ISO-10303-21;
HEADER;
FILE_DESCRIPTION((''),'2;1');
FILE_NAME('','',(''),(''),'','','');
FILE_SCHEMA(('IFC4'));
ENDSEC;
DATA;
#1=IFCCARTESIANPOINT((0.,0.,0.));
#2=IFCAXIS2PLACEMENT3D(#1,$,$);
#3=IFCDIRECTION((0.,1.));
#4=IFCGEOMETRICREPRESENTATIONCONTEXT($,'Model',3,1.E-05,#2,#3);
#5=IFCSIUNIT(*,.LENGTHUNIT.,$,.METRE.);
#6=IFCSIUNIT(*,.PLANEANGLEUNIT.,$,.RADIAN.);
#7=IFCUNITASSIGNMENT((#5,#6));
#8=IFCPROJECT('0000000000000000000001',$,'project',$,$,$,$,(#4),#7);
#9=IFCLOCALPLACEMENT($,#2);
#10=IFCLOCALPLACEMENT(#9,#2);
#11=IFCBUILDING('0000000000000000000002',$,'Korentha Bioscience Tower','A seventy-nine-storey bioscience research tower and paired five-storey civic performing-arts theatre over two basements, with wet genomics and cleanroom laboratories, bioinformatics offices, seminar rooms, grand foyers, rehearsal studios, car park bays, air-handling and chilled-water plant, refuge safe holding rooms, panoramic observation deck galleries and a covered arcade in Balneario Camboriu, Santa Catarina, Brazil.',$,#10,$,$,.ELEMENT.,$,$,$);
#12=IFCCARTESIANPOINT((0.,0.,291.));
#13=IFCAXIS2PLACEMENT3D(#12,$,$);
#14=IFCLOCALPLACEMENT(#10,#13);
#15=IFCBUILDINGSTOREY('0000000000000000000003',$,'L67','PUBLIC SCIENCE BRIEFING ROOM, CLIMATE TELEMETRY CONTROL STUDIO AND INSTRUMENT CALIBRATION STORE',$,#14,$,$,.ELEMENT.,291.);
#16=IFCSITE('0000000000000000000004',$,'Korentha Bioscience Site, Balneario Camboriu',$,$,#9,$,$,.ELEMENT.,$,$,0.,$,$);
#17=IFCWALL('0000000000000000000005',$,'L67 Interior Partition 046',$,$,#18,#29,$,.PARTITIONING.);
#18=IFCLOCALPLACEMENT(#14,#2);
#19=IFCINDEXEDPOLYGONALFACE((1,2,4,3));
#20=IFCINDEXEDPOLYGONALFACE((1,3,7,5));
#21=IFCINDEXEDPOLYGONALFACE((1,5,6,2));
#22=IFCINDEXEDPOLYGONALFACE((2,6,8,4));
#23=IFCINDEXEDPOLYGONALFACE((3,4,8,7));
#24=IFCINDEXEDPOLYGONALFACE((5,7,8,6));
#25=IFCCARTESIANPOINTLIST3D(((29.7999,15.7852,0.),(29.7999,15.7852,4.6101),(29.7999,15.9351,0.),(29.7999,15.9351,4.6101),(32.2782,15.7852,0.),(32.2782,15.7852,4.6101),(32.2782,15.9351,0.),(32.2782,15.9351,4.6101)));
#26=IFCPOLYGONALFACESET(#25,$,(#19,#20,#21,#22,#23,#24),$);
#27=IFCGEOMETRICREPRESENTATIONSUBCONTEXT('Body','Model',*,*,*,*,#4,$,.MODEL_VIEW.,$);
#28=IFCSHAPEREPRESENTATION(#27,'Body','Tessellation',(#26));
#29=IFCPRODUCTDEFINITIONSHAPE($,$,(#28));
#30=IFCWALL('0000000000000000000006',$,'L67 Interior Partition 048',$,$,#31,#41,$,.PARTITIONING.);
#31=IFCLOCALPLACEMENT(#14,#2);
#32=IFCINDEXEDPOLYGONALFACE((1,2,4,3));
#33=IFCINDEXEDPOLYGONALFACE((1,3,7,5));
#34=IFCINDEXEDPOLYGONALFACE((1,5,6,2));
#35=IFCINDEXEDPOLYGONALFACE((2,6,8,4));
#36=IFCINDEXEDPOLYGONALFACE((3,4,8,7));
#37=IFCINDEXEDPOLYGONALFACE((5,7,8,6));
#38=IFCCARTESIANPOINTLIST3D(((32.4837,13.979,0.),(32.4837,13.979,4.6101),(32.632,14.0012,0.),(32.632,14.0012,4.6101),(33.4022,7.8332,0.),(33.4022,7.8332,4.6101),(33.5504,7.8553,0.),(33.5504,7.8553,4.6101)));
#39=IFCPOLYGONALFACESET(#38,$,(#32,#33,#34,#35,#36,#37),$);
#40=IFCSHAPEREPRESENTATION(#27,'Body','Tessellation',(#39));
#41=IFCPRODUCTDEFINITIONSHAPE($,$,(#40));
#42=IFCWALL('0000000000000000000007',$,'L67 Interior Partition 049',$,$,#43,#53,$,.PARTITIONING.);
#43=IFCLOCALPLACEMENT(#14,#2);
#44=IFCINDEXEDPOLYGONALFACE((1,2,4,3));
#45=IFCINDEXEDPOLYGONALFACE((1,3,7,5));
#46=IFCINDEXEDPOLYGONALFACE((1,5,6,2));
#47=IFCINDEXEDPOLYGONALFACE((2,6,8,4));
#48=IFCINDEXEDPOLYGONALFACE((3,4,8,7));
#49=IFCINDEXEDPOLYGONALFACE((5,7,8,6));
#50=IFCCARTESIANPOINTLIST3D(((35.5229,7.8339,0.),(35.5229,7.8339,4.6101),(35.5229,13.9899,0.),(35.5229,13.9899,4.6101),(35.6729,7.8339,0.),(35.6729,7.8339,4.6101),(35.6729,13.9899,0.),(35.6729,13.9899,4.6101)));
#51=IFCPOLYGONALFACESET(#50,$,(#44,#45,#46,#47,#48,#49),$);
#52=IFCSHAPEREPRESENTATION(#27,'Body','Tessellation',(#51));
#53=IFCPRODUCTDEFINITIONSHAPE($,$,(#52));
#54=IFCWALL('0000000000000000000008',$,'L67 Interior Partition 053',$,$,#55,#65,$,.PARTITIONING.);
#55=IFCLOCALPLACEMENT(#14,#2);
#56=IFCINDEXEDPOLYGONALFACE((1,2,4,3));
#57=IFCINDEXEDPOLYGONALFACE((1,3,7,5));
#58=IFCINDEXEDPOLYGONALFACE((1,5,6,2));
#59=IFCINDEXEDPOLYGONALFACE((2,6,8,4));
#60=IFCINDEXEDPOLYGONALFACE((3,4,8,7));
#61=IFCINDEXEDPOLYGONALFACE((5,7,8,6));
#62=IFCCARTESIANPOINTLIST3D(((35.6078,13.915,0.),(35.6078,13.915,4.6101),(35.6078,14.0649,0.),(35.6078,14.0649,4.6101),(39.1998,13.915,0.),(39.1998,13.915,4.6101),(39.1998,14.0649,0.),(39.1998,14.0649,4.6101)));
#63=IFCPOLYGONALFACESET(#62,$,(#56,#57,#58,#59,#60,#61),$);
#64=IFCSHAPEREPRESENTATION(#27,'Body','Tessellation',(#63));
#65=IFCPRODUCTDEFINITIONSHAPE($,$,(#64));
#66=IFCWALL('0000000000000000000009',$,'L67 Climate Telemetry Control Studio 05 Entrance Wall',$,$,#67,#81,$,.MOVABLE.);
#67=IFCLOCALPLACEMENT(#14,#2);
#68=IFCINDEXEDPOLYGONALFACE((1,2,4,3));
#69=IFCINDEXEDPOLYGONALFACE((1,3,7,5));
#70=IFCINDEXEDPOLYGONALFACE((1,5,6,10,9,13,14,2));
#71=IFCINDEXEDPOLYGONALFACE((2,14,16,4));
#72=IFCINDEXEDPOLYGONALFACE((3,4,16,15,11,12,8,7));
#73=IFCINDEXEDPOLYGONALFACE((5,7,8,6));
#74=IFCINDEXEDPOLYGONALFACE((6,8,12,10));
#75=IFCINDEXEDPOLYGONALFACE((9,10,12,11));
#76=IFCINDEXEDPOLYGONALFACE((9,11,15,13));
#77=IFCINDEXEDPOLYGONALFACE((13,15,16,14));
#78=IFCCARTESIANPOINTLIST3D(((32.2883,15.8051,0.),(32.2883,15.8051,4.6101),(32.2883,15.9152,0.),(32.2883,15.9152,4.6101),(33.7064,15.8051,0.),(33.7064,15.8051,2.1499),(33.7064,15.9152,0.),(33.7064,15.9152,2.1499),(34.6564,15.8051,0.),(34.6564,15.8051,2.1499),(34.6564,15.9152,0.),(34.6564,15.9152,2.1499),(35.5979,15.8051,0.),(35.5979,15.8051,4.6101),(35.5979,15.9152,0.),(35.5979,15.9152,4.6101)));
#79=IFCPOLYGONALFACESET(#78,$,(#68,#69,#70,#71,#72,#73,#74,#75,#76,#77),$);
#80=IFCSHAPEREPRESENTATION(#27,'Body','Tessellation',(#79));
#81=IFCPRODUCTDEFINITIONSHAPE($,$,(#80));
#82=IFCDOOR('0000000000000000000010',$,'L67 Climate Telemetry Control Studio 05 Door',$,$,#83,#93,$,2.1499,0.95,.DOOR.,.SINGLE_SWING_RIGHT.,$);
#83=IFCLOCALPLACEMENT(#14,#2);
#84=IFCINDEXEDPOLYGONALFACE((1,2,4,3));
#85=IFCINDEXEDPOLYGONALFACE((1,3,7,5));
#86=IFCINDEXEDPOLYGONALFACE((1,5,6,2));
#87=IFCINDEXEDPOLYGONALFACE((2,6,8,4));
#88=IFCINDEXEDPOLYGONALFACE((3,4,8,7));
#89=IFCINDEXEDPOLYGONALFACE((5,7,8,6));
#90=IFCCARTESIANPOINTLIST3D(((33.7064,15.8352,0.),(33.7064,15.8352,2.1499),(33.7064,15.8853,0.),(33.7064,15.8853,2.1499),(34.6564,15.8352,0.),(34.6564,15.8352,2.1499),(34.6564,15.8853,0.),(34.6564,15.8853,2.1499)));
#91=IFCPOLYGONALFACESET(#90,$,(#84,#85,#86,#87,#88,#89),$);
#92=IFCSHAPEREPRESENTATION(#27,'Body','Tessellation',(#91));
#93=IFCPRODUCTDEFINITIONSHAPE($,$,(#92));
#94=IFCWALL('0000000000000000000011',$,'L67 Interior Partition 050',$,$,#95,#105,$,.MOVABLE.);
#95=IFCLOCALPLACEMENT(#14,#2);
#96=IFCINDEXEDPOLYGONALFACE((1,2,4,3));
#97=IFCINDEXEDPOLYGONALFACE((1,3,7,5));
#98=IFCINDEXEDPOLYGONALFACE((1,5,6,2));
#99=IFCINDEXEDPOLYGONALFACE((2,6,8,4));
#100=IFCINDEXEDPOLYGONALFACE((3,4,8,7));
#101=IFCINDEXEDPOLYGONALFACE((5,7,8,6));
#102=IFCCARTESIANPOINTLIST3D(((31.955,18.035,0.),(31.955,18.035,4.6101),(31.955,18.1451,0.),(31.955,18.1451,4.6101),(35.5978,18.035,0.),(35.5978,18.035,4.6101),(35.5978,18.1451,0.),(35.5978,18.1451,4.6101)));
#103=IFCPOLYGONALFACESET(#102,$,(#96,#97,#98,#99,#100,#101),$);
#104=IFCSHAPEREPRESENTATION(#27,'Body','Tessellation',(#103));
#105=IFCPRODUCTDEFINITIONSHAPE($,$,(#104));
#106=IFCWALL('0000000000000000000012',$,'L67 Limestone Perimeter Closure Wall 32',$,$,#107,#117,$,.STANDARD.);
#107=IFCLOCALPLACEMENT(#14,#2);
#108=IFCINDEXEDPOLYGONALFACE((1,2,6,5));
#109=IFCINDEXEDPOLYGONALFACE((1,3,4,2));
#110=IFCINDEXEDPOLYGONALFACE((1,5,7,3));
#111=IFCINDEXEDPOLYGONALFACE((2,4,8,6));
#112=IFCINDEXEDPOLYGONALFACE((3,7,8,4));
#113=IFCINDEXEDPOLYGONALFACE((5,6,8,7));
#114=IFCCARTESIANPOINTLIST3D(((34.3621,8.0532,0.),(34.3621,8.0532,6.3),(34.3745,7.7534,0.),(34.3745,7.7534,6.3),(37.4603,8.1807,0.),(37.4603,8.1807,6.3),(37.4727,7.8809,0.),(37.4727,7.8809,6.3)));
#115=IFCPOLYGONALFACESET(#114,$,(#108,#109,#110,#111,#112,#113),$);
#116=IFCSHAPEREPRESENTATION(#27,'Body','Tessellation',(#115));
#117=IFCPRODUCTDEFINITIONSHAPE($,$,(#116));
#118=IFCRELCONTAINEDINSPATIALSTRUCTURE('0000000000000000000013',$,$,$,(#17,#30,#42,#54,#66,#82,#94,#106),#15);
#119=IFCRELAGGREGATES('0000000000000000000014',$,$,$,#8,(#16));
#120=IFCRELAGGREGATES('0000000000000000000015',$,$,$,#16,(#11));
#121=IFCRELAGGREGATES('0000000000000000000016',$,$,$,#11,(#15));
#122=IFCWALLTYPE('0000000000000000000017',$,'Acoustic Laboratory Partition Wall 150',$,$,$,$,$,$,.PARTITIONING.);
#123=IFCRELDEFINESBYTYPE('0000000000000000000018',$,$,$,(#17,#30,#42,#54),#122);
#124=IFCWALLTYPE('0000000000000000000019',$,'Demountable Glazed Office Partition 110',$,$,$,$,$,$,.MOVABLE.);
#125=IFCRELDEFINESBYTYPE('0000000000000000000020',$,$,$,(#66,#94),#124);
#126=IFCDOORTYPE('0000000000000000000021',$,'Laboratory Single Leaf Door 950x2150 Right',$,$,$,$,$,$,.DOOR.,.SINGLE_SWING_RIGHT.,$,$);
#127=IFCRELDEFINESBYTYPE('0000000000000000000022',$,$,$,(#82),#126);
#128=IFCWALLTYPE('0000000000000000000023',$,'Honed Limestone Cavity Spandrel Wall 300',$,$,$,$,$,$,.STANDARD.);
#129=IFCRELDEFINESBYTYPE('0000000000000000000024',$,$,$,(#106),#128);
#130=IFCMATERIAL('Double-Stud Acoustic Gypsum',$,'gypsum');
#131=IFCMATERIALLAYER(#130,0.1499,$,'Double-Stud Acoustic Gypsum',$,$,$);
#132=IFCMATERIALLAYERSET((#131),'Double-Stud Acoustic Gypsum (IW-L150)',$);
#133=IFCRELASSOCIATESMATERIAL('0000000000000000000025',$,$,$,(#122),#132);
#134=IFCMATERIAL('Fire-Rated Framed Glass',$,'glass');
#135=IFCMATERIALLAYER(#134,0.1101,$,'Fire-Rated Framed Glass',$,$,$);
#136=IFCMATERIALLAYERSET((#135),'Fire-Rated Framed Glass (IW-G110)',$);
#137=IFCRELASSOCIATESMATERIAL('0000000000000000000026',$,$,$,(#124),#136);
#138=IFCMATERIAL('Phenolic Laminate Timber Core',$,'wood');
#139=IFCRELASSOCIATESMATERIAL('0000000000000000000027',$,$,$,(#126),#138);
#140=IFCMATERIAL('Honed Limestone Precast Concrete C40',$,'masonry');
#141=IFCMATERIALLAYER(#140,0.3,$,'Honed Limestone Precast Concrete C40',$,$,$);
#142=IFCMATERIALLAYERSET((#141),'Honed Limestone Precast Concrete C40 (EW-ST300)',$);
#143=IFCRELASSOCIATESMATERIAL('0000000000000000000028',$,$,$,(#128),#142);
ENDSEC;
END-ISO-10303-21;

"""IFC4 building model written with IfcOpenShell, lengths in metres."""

from ifc_helpers import new_model, si_unit, direction, frame, frame_2d, origin, place, context, subcontext, project, spatial, rectangle, extrude, material, layer, layer_set, type_object, element, fill, save


model = new_model("IFC4")

# Units and contexts
model_context = context("Model", 3, precision=1e-05, world=origin(), true_north=direction((0.0, 1.0)))
body_context = subcontext(model_context, "Body", "Model", "MODEL_VIEW")
ifc_project = project(units=[si_unit("LENGTHUNIT", "METRE"), si_unit("PLANEANGLEUNIT", "RADIAN")], contexts=[model_context])

# Site, building, storey
site_placement = place(None, origin())
site = spatial("IfcSite", under=ifc_project, at=site_placement, Name="Korentha Bioscience Site, Balneario Camboriu", CompositionType="ELEMENT", RefElevation=0.0)
building_placement = place(site_placement, origin())
building = spatial("IfcBuilding", under=site, at=building_placement, Name="Korentha Bioscience Tower", Description="A seventy-nine-storey bioscience research tower and paired five-storey civic performing-arts theatre over two basements, with wet genomics and cleanroom laboratories, bioinformatics offices, seminar rooms, grand foyers, rehearsal studios, car park bays, air-handling and chilled-water plant, refuge safe holding rooms, panoramic observation deck galleries and a covered arcade in Balneario Camboriu, Santa Catarina, Brazil.", CompositionType="ELEMENT")
storey_placement = place(building_placement, frame((0.0, 0.0, 291.0)))
storey = spatial("IfcBuildingStorey", under=building, at=storey_placement, Name="L67", Description="PUBLIC SCIENCE BRIEFING ROOM, CLIMATE TELEMETRY CONTROL STUDIO AND INSTRUMENT CALIBRATION STORE", CompositionType="ELEMENT", Elevation=291.0)

# Shared definitions
ifc_material_1 = material(Name="Double-Stud Acoustic Gypsum", Category="gypsum")
ifc_layer_1 = layer(ifc_material_1, 0.1499, Name="Double-Stud Acoustic Gypsum")
ifc_layer_set_1 = layer_set([ifc_layer_1], Name="Double-Stud Acoustic Gypsum (IW-L150)")
wall_type_1 = type_object("IfcWallType", Name="Acoustic Laboratory Partition Wall 150", PredefinedType="PARTITIONING", material=ifc_layer_set_1)
ifc_material_2 = material(Name="Phenolic Laminate Timber Core", Category="wood")

# Walls
wall_1_placement = place(storey_placement, frame((32.2783, 15.8601, 0.0), z_axis=(0.0, 0.0, 1.0), x_axis=(-1.0, 0.0, 0.0)))
element("IfcWall", 1, at=wall_1_placement, inside=storey, type_object=wall_type_1, Name="L67 Interior Partition 046", PredefinedType="PARTITIONING", context=body_context, shape_type="SweptSolid", body=[
    extrude(rectangle(XDim=2.4783, YDim=0.1499, at=frame_2d((1.2393, 0.0))), origin(), (0.0, 0.0, 1.0), 4.6101),
])
wall_2_placement = place(storey_placement, frame((32.5579, 13.99, 0.0), z_axis=(0.0, 0.0, 1.0), x_axis=(0.147804, -0.989017, 0.0)))
element("IfcWall", 2, at=wall_2_placement, inside=storey, type_object=wall_type_1, Name="L67 Interior Partition 048", PredefinedType="PARTITIONING", context=body_context, shape_type="SweptSolid", body=[
    extrude(rectangle(XDim=6.2141, YDim=0.1499, at=frame_2d((3.1069, 0.0))), origin(), (0.0, 0.0, 1.0), 4.6101),
])
wall_3_placement = place(storey_placement, frame((35.5979, 13.99, 0.0), z_axis=(0.0, 0.0, 1.0), x_axis=(0.0, -1.0, 0.0)))
element("IfcWall", 3, at=wall_3_placement, inside=storey, type_object=wall_type_1, Name="L67 Interior Partition 049", PredefinedType="PARTITIONING", context=body_context, shape_type="SweptSolid", body=[
    extrude(rectangle(XDim=6.156, YDim=0.1499, at=frame_2d((3.0781, 0.0))), origin(), (0.0, 0.0, 1.0), 4.6101),
])
wall_4_placement = place(storey_placement, frame((35.6079, 13.99, 0.0), z_axis=(0.0, 0.0, 1.0), x_axis=(1.0, 0.0, 0.0)))
element("IfcWall", 4, at=wall_4_placement, inside=storey, type_object=wall_type_1, Name="L67 Interior Partition 053", PredefinedType="PARTITIONING", context=body_context, shape_type="SweptSolid", body=[
    extrude(rectangle(XDim=3.592, YDim=0.1499, at=frame_2d((1.7959, 0.0))), origin(), (0.0, 0.0, 1.0), 4.6101),
])

# Wall, opening, door
ifc_material_3 = material(Name="Fire-Rated Framed Glass", Category="glass")
ifc_layer_2 = layer(ifc_material_3, 0.1101, Name="Fire-Rated Framed Glass")
ifc_layer_set_2 = layer_set([ifc_layer_2], Name="Fire-Rated Framed Glass (IW-G110)")
wall_type_2 = type_object("IfcWallType", Name="Demountable Glazed Office Partition 110", PredefinedType="MOVABLE", material=ifc_layer_set_2)
wall_5_placement = place(storey_placement, frame((35.5979, 15.8601, 0.0), z_axis=(0.0, 0.0, 1.0), x_axis=(-1.0, 0.0, 0.0)))
wall_5 = element("IfcWall", 5, at=wall_5_placement, inside=storey, type_object=wall_type_2, Name="L67 Climate Telemetry Control Studio 05 Entrance Wall", PredefinedType="MOVABLE", context=body_context, shape_type="SweptSolid", body=[
    extrude(rectangle(XDim=3.3096, YDim=0.1101, at=frame_2d((1.6548, 0.0))), origin(), (0.0, 0.0, 1.0), 4.6101),
])
opening_1_placement = place(wall_5_placement, frame((0.9414, 0.0, 0.0)))
opening_1 = element("IfcOpeningElement", 6, at=opening_1_placement, cuts=wall_5, PredefinedType="OPENING", context=body_context, shape_type="SweptSolid", body=[
    extrude(rectangle(XDim=0.95, YDim=2.1499, at=frame_2d((0.4751, 1.075))), frame((0.0, 0.0698, 0.0), z_axis=(0.0, -1.0, 0.0), x_axis=(1.0, 0.0, 0.0)), (0.0, 0.0, 1.0), 0.1399),
])
door_type_1 = type_object("IfcDoorType", Name="Laboratory Single Leaf Door 950x2150 Right", OperationType="SINGLE_SWING_RIGHT", PredefinedType="DOOR", material=ifc_material_2)
door_1_placement = place(opening_1_placement, origin())
door_1 = element("IfcDoor", 7, at=door_1_placement, inside=storey, type_object=door_type_1, Name="L67 Climate Telemetry Control Studio 05 Door", OperationType="SINGLE_SWING_RIGHT", OverallHeight=2.1499, OverallWidth=0.95, PredefinedType="DOOR", context=body_context, shape_type="SweptSolid", body=[
    extrude(rectangle(XDim=0.95, YDim=2.1499, at=frame_2d((0.4751, 1.075))), frame((0.0, 0.0249, 0.0), z_axis=(0.0, -1.0, 0.0), x_axis=(1.0, 0.0, 0.0)), (0.0, 0.0, 1.0), 0.05),
])
fill(opening_1, door_1)

# Walls
wall_6_placement = place(storey_placement, frame((31.9551, 18.0901, 0.0), z_axis=(0.0, 0.0, 1.0), x_axis=(1.0, 0.0, 0.0)))
element("IfcWall", 8, at=wall_6_placement, inside=storey, type_object=wall_type_2, Name="L67 Interior Partition 050", PredefinedType="MOVABLE", context=body_context, shape_type="SweptSolid", body=[
    extrude(rectangle(XDim=3.6428, YDim=0.1101, at=frame_2d((1.8213, 0.0))), origin(), (0.0, 0.0, 1.0), 4.6101),
])
ifc_material_4 = material(Name="Honed Limestone Precast Concrete C40", Category="masonry")
ifc_layer_3 = layer(ifc_material_4, 0.3, Name="Honed Limestone Precast Concrete C40")
ifc_layer_set_3 = layer_set([ifc_layer_3], Name="Honed Limestone Precast Concrete C40 (EW-ST300)")
wall_type_3 = type_object("IfcWallType", Name="Honed Limestone Cavity Spandrel Wall 300", PredefinedType="STANDARD", material=ifc_layer_set_3)
wall_7_placement = place(storey_placement, frame((34.3684, 7.9033, 0.0), z_axis=(0.0, 0.0, 1.0), x_axis=(0.999155, 0.0411, 0.0)))
element("IfcWall", 9, at=wall_7_placement, inside=storey, type_object=wall_type_3, Name="L67 Limestone Perimeter Closure Wall 32", PredefinedType="STANDARD", context=body_context, shape_type="SweptSolid", body=[
    extrude(rectangle(XDim=3.1008, YDim=0.3, at=frame_2d((1.5503, 0.0))), origin(), (0.0, 0.0, 1.0), 6.3),
])

save(model, "model.ifc")
